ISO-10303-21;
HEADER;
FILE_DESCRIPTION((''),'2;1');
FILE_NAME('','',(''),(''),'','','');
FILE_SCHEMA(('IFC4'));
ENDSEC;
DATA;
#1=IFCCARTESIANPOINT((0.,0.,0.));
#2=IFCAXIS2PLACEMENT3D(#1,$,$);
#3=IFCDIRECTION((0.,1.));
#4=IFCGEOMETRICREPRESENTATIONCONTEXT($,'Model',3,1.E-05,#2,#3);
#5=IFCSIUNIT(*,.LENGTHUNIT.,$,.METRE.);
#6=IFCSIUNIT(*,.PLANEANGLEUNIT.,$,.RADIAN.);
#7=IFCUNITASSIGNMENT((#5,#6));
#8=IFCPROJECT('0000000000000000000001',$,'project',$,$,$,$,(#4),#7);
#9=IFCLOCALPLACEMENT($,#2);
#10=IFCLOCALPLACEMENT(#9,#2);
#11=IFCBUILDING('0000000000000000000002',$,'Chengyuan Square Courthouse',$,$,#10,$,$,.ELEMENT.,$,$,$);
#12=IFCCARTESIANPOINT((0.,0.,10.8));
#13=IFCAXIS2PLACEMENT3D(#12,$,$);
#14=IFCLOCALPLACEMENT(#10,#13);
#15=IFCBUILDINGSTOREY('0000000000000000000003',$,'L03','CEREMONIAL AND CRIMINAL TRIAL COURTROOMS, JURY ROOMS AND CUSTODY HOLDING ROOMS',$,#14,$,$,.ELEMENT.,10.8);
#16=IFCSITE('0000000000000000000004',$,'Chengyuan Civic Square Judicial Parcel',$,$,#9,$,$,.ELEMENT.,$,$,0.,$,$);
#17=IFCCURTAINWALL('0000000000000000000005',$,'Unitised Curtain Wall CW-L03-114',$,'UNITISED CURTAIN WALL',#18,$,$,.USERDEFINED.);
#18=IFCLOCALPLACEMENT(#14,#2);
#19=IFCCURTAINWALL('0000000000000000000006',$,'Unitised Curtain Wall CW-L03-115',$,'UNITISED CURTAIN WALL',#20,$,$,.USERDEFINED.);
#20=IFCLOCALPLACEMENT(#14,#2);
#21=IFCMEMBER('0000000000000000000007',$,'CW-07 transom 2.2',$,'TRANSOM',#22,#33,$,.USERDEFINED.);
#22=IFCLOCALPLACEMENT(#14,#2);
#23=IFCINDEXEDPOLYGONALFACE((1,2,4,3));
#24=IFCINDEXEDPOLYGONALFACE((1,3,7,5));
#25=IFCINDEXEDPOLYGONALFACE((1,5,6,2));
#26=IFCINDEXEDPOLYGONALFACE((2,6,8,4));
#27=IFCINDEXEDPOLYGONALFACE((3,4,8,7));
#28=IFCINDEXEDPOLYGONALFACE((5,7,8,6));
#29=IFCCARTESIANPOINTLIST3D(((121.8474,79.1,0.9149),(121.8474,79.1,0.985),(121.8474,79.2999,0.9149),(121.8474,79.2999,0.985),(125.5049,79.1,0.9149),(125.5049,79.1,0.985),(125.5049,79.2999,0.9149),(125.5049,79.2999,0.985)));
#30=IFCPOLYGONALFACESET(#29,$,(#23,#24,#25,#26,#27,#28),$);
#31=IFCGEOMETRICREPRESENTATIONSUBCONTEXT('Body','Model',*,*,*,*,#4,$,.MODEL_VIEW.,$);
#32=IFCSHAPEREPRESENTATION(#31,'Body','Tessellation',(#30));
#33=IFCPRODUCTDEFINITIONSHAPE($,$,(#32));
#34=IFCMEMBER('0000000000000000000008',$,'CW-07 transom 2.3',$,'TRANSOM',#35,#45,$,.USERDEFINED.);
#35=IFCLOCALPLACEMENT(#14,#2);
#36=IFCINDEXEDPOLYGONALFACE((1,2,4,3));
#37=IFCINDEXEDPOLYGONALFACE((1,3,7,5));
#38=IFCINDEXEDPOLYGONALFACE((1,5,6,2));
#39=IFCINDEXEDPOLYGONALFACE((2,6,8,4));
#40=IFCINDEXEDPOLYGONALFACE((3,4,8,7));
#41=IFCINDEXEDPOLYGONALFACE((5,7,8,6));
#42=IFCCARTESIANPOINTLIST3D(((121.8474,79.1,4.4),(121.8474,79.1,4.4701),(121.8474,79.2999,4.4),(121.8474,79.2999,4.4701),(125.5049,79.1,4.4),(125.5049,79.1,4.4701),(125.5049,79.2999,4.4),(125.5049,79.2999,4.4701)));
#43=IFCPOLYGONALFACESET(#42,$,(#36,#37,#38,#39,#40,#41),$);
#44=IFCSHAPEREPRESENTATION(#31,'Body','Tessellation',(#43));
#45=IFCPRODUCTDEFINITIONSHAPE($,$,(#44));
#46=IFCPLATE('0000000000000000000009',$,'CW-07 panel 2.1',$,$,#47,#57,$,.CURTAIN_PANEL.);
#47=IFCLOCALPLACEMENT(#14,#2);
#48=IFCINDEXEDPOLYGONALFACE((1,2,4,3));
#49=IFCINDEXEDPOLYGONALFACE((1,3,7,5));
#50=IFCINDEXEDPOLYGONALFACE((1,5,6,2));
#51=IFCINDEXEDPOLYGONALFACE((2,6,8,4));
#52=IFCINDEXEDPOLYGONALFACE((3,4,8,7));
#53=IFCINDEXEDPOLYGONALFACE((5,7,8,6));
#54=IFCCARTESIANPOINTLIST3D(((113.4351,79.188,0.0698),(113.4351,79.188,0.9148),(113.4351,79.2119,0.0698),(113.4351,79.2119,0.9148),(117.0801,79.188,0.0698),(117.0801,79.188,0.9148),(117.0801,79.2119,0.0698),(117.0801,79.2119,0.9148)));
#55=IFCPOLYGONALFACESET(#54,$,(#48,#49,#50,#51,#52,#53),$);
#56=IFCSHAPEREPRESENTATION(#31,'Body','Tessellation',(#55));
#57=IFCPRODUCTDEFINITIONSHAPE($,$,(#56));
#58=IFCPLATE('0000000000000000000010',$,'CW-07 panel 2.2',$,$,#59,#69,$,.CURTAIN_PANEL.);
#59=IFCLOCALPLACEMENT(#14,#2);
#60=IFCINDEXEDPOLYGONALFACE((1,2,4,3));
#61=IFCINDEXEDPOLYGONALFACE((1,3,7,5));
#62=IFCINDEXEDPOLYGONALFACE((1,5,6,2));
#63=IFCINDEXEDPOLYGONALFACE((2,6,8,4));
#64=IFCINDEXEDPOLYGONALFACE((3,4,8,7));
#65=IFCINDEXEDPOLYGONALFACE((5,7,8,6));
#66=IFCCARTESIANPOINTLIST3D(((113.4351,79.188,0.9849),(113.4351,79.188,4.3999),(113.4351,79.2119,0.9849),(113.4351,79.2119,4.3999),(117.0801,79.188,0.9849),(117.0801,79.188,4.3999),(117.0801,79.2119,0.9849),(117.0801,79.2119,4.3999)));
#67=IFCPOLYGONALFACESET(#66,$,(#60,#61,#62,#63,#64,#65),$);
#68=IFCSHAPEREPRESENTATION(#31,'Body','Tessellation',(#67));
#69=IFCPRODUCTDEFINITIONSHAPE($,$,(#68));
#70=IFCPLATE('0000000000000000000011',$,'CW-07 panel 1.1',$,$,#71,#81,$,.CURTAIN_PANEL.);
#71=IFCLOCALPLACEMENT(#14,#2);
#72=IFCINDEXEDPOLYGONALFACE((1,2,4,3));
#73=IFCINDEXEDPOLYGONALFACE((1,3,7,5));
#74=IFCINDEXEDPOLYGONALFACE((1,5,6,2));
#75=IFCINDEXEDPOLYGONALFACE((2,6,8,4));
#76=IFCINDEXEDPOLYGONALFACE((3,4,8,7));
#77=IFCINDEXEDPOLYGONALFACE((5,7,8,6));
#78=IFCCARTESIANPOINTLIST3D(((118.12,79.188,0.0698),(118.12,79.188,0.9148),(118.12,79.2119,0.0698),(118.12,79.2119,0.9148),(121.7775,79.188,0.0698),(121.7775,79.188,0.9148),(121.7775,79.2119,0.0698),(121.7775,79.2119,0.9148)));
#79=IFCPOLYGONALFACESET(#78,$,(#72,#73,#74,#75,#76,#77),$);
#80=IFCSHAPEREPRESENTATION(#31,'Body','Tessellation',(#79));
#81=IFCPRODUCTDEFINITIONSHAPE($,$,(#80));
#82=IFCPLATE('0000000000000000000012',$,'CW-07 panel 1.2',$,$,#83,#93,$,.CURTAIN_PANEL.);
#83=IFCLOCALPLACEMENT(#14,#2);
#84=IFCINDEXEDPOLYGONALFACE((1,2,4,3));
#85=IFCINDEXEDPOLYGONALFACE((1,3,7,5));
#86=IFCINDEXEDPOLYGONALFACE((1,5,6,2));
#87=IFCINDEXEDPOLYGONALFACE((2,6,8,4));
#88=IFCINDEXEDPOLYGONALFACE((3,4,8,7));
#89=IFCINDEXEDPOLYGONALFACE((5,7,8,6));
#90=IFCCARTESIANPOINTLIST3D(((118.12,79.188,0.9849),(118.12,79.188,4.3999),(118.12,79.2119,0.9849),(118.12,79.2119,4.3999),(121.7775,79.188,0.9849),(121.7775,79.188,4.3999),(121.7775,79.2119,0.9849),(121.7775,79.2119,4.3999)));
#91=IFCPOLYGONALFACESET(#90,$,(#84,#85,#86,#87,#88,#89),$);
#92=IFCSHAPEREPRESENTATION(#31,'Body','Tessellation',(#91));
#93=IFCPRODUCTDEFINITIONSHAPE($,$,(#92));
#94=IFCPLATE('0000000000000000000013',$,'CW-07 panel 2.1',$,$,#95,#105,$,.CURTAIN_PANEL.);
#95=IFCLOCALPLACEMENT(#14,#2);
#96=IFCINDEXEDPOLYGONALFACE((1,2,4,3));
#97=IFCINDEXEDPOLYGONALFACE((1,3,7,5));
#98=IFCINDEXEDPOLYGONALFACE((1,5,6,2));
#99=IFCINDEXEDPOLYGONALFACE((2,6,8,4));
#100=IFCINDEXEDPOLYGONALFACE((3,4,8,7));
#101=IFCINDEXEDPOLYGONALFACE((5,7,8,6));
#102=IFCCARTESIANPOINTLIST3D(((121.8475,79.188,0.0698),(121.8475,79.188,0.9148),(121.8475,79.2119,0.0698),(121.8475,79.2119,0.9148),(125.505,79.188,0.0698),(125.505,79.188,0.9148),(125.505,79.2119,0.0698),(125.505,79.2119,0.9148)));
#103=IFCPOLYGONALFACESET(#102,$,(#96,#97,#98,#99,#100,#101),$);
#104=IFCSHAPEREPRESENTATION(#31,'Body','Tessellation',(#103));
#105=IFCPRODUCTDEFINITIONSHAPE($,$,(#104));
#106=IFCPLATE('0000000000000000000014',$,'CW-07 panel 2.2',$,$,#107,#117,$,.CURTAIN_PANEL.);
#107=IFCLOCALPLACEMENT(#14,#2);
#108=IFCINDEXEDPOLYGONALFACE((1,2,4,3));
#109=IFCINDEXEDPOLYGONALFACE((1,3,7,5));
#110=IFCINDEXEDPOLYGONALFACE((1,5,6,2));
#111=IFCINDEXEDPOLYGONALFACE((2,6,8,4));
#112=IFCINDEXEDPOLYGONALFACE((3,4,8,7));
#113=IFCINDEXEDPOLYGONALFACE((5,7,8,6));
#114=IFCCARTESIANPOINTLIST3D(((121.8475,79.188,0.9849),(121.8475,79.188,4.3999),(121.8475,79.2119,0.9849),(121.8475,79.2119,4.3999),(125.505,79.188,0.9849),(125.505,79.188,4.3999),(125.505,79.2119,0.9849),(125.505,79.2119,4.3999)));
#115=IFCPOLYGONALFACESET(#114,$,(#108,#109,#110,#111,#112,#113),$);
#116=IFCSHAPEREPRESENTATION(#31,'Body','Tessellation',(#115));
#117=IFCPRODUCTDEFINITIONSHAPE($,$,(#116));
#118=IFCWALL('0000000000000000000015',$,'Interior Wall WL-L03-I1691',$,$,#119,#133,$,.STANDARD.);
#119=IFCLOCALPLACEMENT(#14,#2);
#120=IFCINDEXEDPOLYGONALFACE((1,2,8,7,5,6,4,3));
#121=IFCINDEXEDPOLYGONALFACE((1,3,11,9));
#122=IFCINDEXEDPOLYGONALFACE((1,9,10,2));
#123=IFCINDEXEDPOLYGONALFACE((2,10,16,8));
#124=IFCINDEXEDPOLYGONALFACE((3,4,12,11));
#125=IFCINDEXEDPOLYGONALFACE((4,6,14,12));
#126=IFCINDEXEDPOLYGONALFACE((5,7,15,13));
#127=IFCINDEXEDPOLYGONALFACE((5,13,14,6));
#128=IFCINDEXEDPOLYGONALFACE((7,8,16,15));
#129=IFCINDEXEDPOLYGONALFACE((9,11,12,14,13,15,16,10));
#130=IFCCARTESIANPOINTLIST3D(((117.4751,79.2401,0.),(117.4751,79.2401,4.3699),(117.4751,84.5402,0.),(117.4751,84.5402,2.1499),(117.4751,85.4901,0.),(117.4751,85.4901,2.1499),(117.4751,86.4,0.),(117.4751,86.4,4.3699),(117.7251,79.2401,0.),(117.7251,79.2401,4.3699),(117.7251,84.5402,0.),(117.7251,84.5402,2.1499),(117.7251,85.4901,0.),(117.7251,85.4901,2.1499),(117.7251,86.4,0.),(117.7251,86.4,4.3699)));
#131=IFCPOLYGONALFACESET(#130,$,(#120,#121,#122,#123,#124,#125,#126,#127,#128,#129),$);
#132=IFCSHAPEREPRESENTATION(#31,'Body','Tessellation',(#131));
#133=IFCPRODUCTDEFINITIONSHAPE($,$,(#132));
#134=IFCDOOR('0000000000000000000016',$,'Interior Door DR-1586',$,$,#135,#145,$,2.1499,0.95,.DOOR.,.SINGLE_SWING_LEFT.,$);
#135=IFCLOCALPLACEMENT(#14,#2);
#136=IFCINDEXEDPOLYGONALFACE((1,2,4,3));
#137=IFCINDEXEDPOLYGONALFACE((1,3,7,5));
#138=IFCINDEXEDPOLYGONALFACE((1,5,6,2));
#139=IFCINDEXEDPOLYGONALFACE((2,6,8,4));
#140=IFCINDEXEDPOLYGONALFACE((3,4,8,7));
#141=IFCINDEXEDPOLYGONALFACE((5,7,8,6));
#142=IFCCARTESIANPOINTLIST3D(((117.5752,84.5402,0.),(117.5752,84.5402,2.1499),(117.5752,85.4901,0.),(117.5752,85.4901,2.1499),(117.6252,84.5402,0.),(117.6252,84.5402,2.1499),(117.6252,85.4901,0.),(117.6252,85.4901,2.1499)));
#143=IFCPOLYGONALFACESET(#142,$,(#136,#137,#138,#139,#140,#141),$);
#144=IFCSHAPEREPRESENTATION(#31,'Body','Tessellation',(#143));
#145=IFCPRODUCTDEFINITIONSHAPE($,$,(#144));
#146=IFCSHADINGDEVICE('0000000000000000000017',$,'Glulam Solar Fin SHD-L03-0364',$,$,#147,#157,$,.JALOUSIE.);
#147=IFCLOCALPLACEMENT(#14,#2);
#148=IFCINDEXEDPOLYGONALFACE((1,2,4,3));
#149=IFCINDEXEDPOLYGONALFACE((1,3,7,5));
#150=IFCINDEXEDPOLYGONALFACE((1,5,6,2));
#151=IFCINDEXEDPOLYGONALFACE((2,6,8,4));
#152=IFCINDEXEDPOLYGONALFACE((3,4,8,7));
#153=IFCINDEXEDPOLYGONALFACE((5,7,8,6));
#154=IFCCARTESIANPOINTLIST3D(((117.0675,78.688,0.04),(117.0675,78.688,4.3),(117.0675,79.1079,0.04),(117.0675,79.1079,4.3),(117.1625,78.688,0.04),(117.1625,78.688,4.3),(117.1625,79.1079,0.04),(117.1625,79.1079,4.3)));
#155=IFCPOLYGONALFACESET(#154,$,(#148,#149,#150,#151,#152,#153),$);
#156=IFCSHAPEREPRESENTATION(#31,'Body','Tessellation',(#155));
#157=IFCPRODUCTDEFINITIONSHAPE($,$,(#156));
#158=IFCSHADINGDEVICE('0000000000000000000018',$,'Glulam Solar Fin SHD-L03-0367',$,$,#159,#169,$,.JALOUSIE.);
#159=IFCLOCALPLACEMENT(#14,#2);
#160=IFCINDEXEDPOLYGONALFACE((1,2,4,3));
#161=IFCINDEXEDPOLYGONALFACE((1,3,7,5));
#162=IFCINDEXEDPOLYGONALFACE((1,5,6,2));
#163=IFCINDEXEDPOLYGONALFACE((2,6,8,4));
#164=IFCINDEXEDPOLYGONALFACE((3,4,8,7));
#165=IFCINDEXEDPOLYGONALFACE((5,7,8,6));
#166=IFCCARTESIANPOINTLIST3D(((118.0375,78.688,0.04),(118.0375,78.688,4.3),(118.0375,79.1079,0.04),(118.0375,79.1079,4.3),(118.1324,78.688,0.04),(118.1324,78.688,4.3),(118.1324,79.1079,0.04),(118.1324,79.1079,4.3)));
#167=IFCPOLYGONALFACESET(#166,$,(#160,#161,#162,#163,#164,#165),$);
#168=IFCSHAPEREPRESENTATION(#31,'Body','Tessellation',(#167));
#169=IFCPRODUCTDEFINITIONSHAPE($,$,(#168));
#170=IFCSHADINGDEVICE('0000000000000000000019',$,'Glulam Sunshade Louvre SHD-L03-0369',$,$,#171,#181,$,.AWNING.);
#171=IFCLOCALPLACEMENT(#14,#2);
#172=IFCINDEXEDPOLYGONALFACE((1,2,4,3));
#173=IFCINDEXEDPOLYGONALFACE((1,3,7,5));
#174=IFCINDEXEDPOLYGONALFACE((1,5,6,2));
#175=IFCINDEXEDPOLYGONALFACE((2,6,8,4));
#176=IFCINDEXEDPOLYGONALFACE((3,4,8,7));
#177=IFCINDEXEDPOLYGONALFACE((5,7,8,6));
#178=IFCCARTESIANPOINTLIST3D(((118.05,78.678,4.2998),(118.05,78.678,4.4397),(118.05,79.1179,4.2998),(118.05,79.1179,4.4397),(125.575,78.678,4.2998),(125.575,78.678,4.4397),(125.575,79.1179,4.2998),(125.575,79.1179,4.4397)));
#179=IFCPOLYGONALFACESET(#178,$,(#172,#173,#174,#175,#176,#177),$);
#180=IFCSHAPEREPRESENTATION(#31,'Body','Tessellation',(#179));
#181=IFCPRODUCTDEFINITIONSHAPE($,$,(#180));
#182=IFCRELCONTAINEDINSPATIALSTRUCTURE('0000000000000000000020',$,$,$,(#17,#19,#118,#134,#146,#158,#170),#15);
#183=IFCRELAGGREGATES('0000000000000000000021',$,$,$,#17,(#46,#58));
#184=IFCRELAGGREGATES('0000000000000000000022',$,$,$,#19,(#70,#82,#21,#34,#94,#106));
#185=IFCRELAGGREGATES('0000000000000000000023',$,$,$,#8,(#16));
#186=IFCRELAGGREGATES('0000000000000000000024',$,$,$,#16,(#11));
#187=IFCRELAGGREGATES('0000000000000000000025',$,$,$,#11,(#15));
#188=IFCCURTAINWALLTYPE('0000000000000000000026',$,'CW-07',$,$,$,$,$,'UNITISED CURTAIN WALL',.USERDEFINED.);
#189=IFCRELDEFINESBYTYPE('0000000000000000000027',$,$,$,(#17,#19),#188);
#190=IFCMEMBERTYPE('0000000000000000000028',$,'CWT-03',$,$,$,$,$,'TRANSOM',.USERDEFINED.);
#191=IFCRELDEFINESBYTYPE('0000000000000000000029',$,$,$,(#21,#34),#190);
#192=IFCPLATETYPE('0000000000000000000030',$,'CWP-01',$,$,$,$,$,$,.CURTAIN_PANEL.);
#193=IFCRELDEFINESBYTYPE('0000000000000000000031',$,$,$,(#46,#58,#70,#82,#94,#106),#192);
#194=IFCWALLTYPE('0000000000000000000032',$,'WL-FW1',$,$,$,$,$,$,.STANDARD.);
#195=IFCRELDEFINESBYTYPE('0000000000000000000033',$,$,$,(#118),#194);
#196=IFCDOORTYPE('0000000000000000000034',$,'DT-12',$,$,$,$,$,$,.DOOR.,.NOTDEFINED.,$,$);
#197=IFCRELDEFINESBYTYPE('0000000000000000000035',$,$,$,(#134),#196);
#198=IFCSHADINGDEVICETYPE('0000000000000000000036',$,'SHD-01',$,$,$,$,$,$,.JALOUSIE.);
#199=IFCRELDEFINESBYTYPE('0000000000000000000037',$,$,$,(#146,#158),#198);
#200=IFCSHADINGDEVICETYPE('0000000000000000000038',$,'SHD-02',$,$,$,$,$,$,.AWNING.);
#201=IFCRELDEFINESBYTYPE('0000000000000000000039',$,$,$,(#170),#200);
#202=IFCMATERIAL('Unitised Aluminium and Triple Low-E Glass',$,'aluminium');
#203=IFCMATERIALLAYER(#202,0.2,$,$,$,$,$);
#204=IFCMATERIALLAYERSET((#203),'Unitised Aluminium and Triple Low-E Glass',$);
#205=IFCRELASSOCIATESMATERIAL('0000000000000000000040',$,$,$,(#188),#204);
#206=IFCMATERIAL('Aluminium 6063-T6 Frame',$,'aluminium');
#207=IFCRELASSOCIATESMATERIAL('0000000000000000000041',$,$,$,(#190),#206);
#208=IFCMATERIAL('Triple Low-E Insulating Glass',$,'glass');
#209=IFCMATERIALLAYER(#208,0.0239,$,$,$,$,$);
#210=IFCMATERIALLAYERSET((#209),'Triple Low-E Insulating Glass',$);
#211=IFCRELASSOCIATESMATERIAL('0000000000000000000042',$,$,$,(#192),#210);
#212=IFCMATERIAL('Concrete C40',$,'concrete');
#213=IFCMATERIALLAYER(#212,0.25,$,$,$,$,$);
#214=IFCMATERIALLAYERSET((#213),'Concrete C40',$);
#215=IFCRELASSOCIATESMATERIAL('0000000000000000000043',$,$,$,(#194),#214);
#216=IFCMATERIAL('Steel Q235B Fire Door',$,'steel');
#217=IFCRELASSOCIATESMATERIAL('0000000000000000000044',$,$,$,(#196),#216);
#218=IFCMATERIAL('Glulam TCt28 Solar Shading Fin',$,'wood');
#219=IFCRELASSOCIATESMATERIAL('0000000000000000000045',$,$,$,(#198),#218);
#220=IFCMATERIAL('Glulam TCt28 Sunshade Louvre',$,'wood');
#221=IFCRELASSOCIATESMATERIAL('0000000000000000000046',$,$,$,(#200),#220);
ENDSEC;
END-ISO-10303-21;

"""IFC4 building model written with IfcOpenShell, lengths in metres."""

from ifc_helpers import new_model, si_unit, direction, frame, frame_2d, origin, origin_2d, place, context, subcontext, project, spatial, rectangle, extrude, material, layer, layer_set, material_profile, profile_set, type_object, element, fill, aggregate, save


model = new_model("IFC4")

# Units and contexts
model_context = context("Model", 3, precision=1e-05, world=origin(), true_north=direction((0.0, 1.0)))
body_context = subcontext(model_context, "Body", "Model", "MODEL_VIEW")
ifc_project = project(units=[si_unit("LENGTHUNIT", "METRE"), si_unit("PLANEANGLEUNIT", "RADIAN")], contexts=[model_context])

# Site, building, storey
site_placement = place(None, origin())
site = spatial("IfcSite", under=ifc_project, at=site_placement, Name="Chengyuan Civic Square Judicial Parcel", CompositionType="ELEMENT", RefElevation=0.0)
building_placement = place(site_placement, origin())
building = spatial("IfcBuilding", under=site, at=building_placement, Name="Chengyuan Square Courthouse", CompositionType="ELEMENT")
storey_placement = place(building_placement, frame((0.0, 0.0, 10.8)))
storey = spatial("IfcBuildingStorey", under=building, at=storey_placement, Name="L03", Description="CEREMONIAL AND CRIMINAL TRIAL COURTROOMS, JURY ROOMS AND CUSTODY HOLDING ROOMS", CompositionType="ELEMENT", Elevation=10.8)

# Shared definitions
ifc_material_1 = material(Name="Concrete C40", Category="concrete")

# Curtain wall
ifc_material_2 = material(Name="Unitised Aluminium and Triple Low-E Glass", Category="aluminium")
ifc_layer_1 = layer(ifc_material_2, 0.2)
ifc_layer_set_1 = layer_set([ifc_layer_1], Name="Unitised Aluminium and Triple Low-E Glass")
curtain_wall_type = type_object("IfcCurtainWallType", Name="CW-07", ElementType="UNITISED CURTAIN WALL", PredefinedType="USERDEFINED", material=ifc_layer_set_1)
curtain_wall_1_placement = place(storey_placement, origin())
curtain_wall_1 = element("IfcCurtainWall", 1, at=curtain_wall_1_placement, inside=storey, type_object=curtain_wall_type, Name="Unitised Curtain Wall CW-L03-114", ObjectType="UNITISED CURTAIN WALL", PredefinedType="USERDEFINED")
ifc_material_3 = material(Name="Aluminium 6063-T6 Frame", Category="aluminium")

# Curtain wall
curtain_wall_2_placement = place(storey_placement, origin())
curtain_wall_2 = element("IfcCurtainWall", 2, at=curtain_wall_2_placement, inside=storey, type_object=curtain_wall_type, Name="Unitised Curtain Wall CW-L03-115", ObjectType="UNITISED CURTAIN WALL", PredefinedType="USERDEFINED")

# Members
ifc_material_profile_1 = material_profile(ifc_material_3, rectangle(XDim=0.2, YDim=0.0701, at=origin_2d()), Name="CW-TRN-70x160")
ifc_profile_set_1 = profile_set([ifc_material_profile_1], Name="Aluminium 6063-T6 Frame")
member_type_1 = type_object("IfcMemberType", Name="CWT-03", ElementType="TRANSOM", PredefinedType="USERDEFINED", material=ifc_profile_set_1)
member_1_placement = place(storey_placement, frame((121.8474, 79.2, 0.95), z_axis=(1.0, 0.0, 0.0), x_axis=(0.0, 1.0, 0.0)))
member_1 = element("IfcMember", 3, at=member_1_placement, type_object=member_type_1, Name="CW-07 transom 2.2", ObjectType="TRANSOM", PredefinedType="USERDEFINED", context=body_context, shape_type="SweptSolid", body=[
    extrude(rectangle(XDim=0.2, YDim=0.0701, at=origin_2d()), origin(), (0.0, 0.0, 1.0), 3.6575),
])
member_2_placement = place(storey_placement, frame((121.8474, 79.2, 4.4351), z_axis=(1.0, 0.0, 0.0), x_axis=(0.0, 1.0, 0.0)))
member_2 = element("IfcMember", 4, at=member_2_placement, type_object=member_type_1, Name="CW-07 transom 2.3", ObjectType="TRANSOM", PredefinedType="USERDEFINED", context=body_context, shape_type="SweptSolid", body=[
    extrude(rectangle(XDim=0.2, YDim=0.0701, at=origin_2d()), origin(), (0.0, 0.0, 1.0), 3.6575),
])

# Plates
ifc_material_4 = material(Name="Triple Low-E Insulating Glass", Category="glass")
ifc_layer_2 = layer(ifc_material_4, 0.0239)
ifc_layer_set_2 = layer_set([ifc_layer_2], Name="Triple Low-E Insulating Glass")
plate_type = type_object("IfcPlateType", Name="CWP-01", PredefinedType="CURTAIN_PANEL", material=ifc_layer_set_2)
plate_1_placement = place(storey_placement, frame((115.2576, 79.2, 0.0698), z_axis=(0.0, 0.0, 1.0), x_axis=(1.0, 0.0, 0.0)))
plate_1 = element("IfcPlate", 5, at=plate_1_placement, type_object=plate_type, Name="CW-07 panel 2.1", PredefinedType="CURTAIN_PANEL", context=body_context, shape_type="SweptSolid", body=[
    extrude(rectangle(XDim=3.645, YDim=0.0239, at=origin_2d()), origin(), (0.0, 0.0, 1.0), 0.845),
])
plate_2_placement = place(storey_placement, frame((115.2576, 79.2, 0.9849), z_axis=(0.0, 0.0, 1.0), x_axis=(1.0, 0.0, 0.0)))
plate_2 = element("IfcPlate", 6, at=plate_2_placement, type_object=plate_type, Name="CW-07 panel 2.2", PredefinedType="CURTAIN_PANEL", context=body_context, shape_type="SweptSolid", body=[
    extrude(rectangle(XDim=3.645, YDim=0.0239, at=origin_2d()), origin(), (0.0, 0.0, 1.0), 3.415),
])
aggregate(curtain_wall_1, [plate_1, plate_2])
plate_3_placement = place(storey_placement, frame((119.9487, 79.2, 0.0698), z_axis=(0.0, 0.0, 1.0), x_axis=(1.0, 0.0, 0.0)))
plate_3 = element("IfcPlate", 7, at=plate_3_placement, type_object=plate_type, Name="CW-07 panel 1.1", PredefinedType="CURTAIN_PANEL", context=body_context, shape_type="SweptSolid", body=[
    extrude(rectangle(XDim=3.6575, YDim=0.0239, at=origin_2d()), origin(), (0.0, 0.0, 1.0), 0.845),
])
plate_4_placement = place(storey_placement, frame((119.9487, 79.2, 0.9849), z_axis=(0.0, 0.0, 1.0), x_axis=(1.0, 0.0, 0.0)))
plate_4 = element("IfcPlate", 8, at=plate_4_placement, type_object=plate_type, Name="CW-07 panel 1.2", PredefinedType="CURTAIN_PANEL", context=body_context, shape_type="SweptSolid", body=[
    extrude(rectangle(XDim=3.6575, YDim=0.0239, at=origin_2d()), origin(), (0.0, 0.0, 1.0), 3.415),
])
plate_5_placement = place(storey_placement, frame((123.6763, 79.2, 0.0698), z_axis=(0.0, 0.0, 1.0), x_axis=(1.0, 0.0, 0.0)))
plate_5 = element("IfcPlate", 9, at=plate_5_placement, type_object=plate_type, Name="CW-07 panel 2.1", PredefinedType="CURTAIN_PANEL", context=body_context, shape_type="SweptSolid", body=[
    extrude(rectangle(XDim=3.6575, YDim=0.0239, at=origin_2d()), origin(), (0.0, 0.0, 1.0), 0.845),
])
plate_6_placement = place(storey_placement, frame((123.6763, 79.2, 0.9849), z_axis=(0.0, 0.0, 1.0), x_axis=(1.0, 0.0, 0.0)))
plate_6 = element("IfcPlate", 10, at=plate_6_placement, type_object=plate_type, Name="CW-07 panel 2.2", PredefinedType="CURTAIN_PANEL", context=body_context, shape_type="SweptSolid", body=[
    extrude(rectangle(XDim=3.6575, YDim=0.0239, at=origin_2d()), origin(), (0.0, 0.0, 1.0), 3.415),
])
aggregate(curtain_wall_2, [plate_3, plate_4, member_1, member_2, plate_5, plate_6])

# Wall, opening, door
ifc_layer_3 = layer(ifc_material_1, 0.25)
ifc_layer_set_3 = layer_set([ifc_layer_3], Name="Concrete C40")
wall_type = type_object("IfcWallType", Name="WL-FW1", PredefinedType="STANDARD", material=ifc_layer_set_3)
wall_placement = place(storey_placement, frame((117.6001, 79.24, 0.0), z_axis=(0.0, 0.0, 1.0), x_axis=(0.0, 1.0, 0.0)))
wall = element("IfcWall", 11, at=wall_placement, inside=storey, type_object=wall_type, Name="Interior Wall WL-L03-I1691", PredefinedType="STANDARD", context=body_context, shape_type="SweptSolid", body=[
    extrude(rectangle(XDim=7.1599, YDim=0.25, at=frame_2d((3.5801, 0.0))), origin(), (0.0, 0.0, 1.0), 4.3699),
])
opening_placement = place(wall_placement, frame((5.3, 0.0, 0.0)))
opening = element("IfcOpeningElement", 12, at=opening_placement, cuts=wall, PredefinedType="OPENING", context=body_context, shape_type="SweptSolid", body=[
    extrude(rectangle(XDim=0.95, YDim=2.1499, at=frame_2d((0.4751, 1.075))), frame((0.0, 0.137, 0.0), z_axis=(0.0, -1.0, 0.0), x_axis=(1.0, 0.0, 0.0)), (0.0, 0.0, 1.0), 0.2739),
])
ifc_material_5 = material(Name="Steel Q235B Fire Door", Category="steel")
door_type = type_object("IfcDoorType", Name="DT-12", OperationType="NOTDEFINED", PredefinedType="DOOR", material=ifc_material_5)
door_placement = place(opening_placement, origin())
door = element("IfcDoor", 13, at=door_placement, inside=storey, type_object=door_type, Name="Interior Door DR-1586", OperationType="SINGLE_SWING_LEFT", OverallHeight=2.1499, OverallWidth=0.95, PredefinedType="DOOR", context=body_context, shape_type="SweptSolid", body=[
    extrude(rectangle(XDim=0.95, YDim=2.1499, at=frame_2d((0.4751, 1.075))), frame((0.0, 0.0249, 0.0), z_axis=(0.0, -1.0, 0.0), x_axis=(1.0, 0.0, 0.0)), (0.0, 0.0, 1.0), 0.05),
])
fill(opening, door)

# Shading devices
ifc_material_6 = material(Name="Glulam TCt28 Solar Shading Fin", Category="wood")
shading_device_type_1 = type_object("IfcShadingDeviceType", Name="SHD-01", PredefinedType="JALOUSIE", material=ifc_material_6)
for number, where, z_axis, x_axis, name in (
    (14, (117.115, 78.8979, 0.04), (0.0, 0.0, 1.0), (0.0, 1.0, 0.0), "Glulam Solar Fin SHD-L03-0364"),
    (15, (118.085, 78.8979, 0.04), (0.0, 0.0, 1.0), (0.0, 1.0, 0.0), "Glulam Solar Fin SHD-L03-0367"),
):
    element("IfcShadingDevice", number, at=place(storey_placement, frame(where, z_axis=z_axis, x_axis=x_axis)), inside=storey, type_object=shading_device_type_1, Name=name, PredefinedType="JALOUSIE", context=body_context, shape_type="SweptSolid", body=[
        extrude(rectangle(XDim=0.4199, YDim=0.095, at=origin_2d()), origin(), (0.0, 0.0, 1.0), 4.26),
    ])
ifc_material_7 = material(Name="Glulam TCt28 Sunshade Louvre", Category="wood")
shading_device_type_2 = type_object("IfcShadingDeviceType", Name="SHD-02", PredefinedType="AWNING", material=ifc_material_7)
shading_device_placement = place(storey_placement, frame((121.8125, 78.8979, 4.2998), z_axis=(0.0, 0.0, 1.0), x_axis=(1.0, 0.0, 0.0)))
element("IfcShadingDevice", 16, at=shading_device_placement, inside=storey, type_object=shading_device_type_2, Name="Glulam Sunshade Louvre SHD-L03-0369", PredefinedType="AWNING", context=body_context, shape_type="SweptSolid", body=[
    extrude(rectangle(XDim=7.5249, YDim=0.4399, at=origin_2d()), origin(), (0.0, 0.0, 1.0), 0.1399),
])

save(model, "model.ifc")
